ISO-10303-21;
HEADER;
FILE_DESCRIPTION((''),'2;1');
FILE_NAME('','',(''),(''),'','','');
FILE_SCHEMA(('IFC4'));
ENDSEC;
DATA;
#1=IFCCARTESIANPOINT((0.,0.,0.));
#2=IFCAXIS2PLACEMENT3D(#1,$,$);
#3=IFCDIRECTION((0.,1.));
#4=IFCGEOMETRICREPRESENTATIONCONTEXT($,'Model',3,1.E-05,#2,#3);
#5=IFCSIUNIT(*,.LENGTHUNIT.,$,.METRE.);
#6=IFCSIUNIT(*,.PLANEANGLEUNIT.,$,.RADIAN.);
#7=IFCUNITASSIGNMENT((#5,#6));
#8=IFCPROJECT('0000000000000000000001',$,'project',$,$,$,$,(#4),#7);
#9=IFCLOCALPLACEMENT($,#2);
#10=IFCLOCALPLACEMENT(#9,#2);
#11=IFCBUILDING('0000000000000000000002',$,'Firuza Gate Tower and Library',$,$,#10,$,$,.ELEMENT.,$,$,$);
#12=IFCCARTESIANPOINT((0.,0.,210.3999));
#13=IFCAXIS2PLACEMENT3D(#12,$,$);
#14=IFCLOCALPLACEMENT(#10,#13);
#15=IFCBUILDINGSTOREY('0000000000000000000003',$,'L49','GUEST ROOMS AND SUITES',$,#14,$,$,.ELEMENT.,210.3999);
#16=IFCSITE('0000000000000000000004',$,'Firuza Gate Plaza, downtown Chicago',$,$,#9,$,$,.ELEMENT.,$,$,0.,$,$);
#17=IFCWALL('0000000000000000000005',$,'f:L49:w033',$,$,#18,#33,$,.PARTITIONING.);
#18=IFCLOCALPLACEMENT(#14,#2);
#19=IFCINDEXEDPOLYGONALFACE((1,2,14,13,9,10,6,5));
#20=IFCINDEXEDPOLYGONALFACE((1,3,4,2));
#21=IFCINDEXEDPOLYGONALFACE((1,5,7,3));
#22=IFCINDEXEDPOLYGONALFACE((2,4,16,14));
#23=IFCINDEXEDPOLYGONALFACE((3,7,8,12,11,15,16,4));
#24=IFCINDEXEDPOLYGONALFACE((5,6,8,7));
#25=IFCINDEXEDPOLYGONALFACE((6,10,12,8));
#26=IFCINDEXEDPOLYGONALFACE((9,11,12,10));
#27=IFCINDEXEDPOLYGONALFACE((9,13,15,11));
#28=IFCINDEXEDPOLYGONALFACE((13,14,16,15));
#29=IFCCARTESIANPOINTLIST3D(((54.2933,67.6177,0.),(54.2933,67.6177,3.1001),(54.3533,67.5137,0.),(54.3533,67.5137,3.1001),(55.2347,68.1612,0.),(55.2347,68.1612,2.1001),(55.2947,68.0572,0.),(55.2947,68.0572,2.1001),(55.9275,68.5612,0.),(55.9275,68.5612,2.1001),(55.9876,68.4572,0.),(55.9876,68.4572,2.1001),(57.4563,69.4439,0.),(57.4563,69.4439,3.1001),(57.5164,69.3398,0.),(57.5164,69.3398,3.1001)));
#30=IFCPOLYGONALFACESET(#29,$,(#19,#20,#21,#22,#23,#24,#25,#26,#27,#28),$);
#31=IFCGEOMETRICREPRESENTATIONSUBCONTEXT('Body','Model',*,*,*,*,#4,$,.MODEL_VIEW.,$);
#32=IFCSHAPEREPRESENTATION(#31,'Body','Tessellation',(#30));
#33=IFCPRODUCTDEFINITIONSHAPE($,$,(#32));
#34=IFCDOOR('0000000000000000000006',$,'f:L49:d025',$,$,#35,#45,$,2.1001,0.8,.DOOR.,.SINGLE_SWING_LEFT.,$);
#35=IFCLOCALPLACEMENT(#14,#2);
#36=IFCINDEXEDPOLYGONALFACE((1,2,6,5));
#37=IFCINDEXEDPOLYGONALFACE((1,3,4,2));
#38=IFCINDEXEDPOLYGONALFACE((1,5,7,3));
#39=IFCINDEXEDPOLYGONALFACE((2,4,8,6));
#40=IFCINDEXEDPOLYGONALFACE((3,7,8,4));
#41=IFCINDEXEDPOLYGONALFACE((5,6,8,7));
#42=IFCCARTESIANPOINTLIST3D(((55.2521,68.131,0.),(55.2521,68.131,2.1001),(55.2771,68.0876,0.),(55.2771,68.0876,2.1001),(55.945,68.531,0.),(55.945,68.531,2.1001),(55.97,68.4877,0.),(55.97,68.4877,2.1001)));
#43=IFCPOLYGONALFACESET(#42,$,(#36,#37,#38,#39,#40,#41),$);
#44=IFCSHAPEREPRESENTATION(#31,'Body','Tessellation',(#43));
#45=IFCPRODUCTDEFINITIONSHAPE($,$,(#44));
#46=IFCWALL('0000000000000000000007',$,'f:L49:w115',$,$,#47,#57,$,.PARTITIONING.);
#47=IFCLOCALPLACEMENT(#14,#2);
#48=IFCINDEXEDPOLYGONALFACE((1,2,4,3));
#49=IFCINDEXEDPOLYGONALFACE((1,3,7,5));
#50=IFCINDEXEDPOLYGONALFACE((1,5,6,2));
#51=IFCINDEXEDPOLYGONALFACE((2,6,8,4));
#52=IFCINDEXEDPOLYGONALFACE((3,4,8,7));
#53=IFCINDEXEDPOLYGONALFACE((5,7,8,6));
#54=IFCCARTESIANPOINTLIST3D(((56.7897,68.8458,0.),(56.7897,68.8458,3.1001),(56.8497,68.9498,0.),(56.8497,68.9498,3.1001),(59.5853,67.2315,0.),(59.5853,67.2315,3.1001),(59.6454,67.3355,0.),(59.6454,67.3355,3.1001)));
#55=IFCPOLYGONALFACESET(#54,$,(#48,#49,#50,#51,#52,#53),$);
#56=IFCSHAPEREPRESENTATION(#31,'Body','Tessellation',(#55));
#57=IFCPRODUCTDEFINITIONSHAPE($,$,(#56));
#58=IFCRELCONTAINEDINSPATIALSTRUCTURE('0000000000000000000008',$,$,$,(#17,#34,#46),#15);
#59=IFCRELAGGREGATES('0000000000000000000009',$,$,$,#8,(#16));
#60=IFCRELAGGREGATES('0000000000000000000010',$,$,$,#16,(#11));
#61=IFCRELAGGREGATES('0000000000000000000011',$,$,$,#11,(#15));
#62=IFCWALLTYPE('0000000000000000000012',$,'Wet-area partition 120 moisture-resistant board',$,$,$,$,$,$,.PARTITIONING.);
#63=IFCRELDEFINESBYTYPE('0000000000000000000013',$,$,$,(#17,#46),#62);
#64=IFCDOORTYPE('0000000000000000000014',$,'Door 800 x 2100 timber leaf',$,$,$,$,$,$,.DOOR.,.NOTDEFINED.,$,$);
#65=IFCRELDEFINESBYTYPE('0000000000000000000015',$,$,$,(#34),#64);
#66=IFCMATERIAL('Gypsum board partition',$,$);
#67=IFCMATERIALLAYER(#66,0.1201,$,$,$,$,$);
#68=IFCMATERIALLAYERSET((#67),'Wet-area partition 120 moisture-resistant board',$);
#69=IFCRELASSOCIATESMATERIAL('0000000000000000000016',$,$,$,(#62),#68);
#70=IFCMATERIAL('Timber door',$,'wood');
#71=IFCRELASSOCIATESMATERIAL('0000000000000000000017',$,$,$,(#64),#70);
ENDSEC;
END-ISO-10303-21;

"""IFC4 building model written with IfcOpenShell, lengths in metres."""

from ifc_helpers import new_model, si_unit, direction, frame, frame_2d, origin, place, context, subcontext, project, spatial, rectangle, extrude, material, layer, layer_set, type_object, element, fill, save


model = new_model("IFC4")

# Units and contexts
model_context = context("Model", 3, precision=1e-05, world=origin(), true_north=direction((0.0, 1.0)))
body_context = subcontext(model_context, "Body", "Model", "MODEL_VIEW")
ifc_project = project(units=[si_unit("LENGTHUNIT", "METRE"), si_unit("PLANEANGLEUNIT", "RADIAN")], contexts=[model_context])

# Site, building, storey
site_placement = place(None, origin())
site = spatial("IfcSite", under=ifc_project, at=site_placement, Name="Firuza Gate Plaza, downtown Chicago", CompositionType="ELEMENT", RefElevation=0.0)
building_placement = place(site_placement, origin())
building = spatial("IfcBuilding", under=site, at=building_placement, Name="Firuza Gate Tower and Library", CompositionType="ELEMENT")
storey_placement = place(building_placement, frame((0.0, 0.0, 210.3999)))
storey = spatial("IfcBuildingStorey", under=building, at=storey_placement, Name="L49", Description="GUEST ROOMS AND SUITES", CompositionType="ELEMENT", Elevation=210.3999)

# Wall, opening, door
ifc_material_1 = material(Name="Gypsum board partition")
ifc_layer_1 = layer(ifc_material_1, 0.1201)
ifc_layer_set_1 = layer_set([ifc_layer_1], Name="Wet-area partition 120 moisture-resistant board")
wall_type_1 = type_object("IfcWallType", Name="Wet-area partition 120 moisture-resistant board", PredefinedType="PARTITIONING", material=ifc_layer_set_1)
wall_1_placement = place(storey_placement, frame((57.4863, 69.3918, 0.0), z_axis=(0.0, 0.0, 1.0), x_axis=(-0.86603, -0.499992, 0.0)))
wall_1 = element("IfcWall", 1, at=wall_1_placement, inside=storey, type_object=wall_type_1, Name="f:L49:w033", PredefinedType="PARTITIONING", context=body_context, shape_type="SweptSolid", body=[
    extrude(rectangle(XDim=3.6523, YDim=0.1201, at=frame_2d((1.8262, 0.0))), origin(), (0.0, 0.0, 1.0), 3.1001),
])
opening_1_placement = place(wall_1_placement, frame((1.7654, 0.0, 0.0)))
opening_1 = element("IfcOpeningElement", 2, at=opening_1_placement, cuts=wall_1, PredefinedType="OPENING", context=body_context, shape_type="SweptSolid", body=[
    extrude(rectangle(XDim=0.8, YDim=2.1001, at=frame_2d((0.3999, 1.05))), frame((0.0, 0.0701, 0.0), z_axis=(0.0, -1.0, 0.0), x_axis=(1.0, 0.0, 0.0)), (0.0, 0.0, 1.0), 0.1401),
])
ifc_material_2 = material(Name="Timber door", Category="wood")
door_type_1 = type_object("IfcDoorType", Name="Door 800 x 2100 timber leaf", OperationType="NOTDEFINED", PredefinedType="DOOR", material=ifc_material_2)
door_1_placement = place(opening_1_placement, origin())
door_1 = element("IfcDoor", 3, at=door_1_placement, inside=storey, type_object=door_type_1, Name="f:L49:d025", OperationType="SINGLE_SWING_LEFT", OverallHeight=2.1001, OverallWidth=0.8, PredefinedType="DOOR", context=body_context, shape_type="SweptSolid", body=[
    extrude(rectangle(XDim=0.8, YDim=2.1001, at=frame_2d((0.3999, 1.05))), frame((0.0, 0.0249, 0.0), z_axis=(0.0, -1.0, 0.0), x_axis=(1.0, 0.0, 0.0)), (0.0, 0.0, 1.0), 0.05),
])
fill(opening_1, door_1)

# Wall
wall_2_placement = place(storey_placement, frame((59.6155, 67.2834, 0.0), z_axis=(0.0, 0.0, 1.0), x_axis=(-0.866, 0.500043, 0.0)))
element("IfcWall", 4, at=wall_2_placement, inside=storey, type_object=wall_type_1, Name="f:L49:w115", PredefinedType="PARTITIONING", context=body_context, shape_type="SweptSolid", body=[
    extrude(rectangle(XDim=3.2283, YDim=0.1201, at=frame_2d((1.6143, 0.0))), origin(), (0.0, 0.0, 1.0), 3.1001),
])

save(model, "model.ifc")
